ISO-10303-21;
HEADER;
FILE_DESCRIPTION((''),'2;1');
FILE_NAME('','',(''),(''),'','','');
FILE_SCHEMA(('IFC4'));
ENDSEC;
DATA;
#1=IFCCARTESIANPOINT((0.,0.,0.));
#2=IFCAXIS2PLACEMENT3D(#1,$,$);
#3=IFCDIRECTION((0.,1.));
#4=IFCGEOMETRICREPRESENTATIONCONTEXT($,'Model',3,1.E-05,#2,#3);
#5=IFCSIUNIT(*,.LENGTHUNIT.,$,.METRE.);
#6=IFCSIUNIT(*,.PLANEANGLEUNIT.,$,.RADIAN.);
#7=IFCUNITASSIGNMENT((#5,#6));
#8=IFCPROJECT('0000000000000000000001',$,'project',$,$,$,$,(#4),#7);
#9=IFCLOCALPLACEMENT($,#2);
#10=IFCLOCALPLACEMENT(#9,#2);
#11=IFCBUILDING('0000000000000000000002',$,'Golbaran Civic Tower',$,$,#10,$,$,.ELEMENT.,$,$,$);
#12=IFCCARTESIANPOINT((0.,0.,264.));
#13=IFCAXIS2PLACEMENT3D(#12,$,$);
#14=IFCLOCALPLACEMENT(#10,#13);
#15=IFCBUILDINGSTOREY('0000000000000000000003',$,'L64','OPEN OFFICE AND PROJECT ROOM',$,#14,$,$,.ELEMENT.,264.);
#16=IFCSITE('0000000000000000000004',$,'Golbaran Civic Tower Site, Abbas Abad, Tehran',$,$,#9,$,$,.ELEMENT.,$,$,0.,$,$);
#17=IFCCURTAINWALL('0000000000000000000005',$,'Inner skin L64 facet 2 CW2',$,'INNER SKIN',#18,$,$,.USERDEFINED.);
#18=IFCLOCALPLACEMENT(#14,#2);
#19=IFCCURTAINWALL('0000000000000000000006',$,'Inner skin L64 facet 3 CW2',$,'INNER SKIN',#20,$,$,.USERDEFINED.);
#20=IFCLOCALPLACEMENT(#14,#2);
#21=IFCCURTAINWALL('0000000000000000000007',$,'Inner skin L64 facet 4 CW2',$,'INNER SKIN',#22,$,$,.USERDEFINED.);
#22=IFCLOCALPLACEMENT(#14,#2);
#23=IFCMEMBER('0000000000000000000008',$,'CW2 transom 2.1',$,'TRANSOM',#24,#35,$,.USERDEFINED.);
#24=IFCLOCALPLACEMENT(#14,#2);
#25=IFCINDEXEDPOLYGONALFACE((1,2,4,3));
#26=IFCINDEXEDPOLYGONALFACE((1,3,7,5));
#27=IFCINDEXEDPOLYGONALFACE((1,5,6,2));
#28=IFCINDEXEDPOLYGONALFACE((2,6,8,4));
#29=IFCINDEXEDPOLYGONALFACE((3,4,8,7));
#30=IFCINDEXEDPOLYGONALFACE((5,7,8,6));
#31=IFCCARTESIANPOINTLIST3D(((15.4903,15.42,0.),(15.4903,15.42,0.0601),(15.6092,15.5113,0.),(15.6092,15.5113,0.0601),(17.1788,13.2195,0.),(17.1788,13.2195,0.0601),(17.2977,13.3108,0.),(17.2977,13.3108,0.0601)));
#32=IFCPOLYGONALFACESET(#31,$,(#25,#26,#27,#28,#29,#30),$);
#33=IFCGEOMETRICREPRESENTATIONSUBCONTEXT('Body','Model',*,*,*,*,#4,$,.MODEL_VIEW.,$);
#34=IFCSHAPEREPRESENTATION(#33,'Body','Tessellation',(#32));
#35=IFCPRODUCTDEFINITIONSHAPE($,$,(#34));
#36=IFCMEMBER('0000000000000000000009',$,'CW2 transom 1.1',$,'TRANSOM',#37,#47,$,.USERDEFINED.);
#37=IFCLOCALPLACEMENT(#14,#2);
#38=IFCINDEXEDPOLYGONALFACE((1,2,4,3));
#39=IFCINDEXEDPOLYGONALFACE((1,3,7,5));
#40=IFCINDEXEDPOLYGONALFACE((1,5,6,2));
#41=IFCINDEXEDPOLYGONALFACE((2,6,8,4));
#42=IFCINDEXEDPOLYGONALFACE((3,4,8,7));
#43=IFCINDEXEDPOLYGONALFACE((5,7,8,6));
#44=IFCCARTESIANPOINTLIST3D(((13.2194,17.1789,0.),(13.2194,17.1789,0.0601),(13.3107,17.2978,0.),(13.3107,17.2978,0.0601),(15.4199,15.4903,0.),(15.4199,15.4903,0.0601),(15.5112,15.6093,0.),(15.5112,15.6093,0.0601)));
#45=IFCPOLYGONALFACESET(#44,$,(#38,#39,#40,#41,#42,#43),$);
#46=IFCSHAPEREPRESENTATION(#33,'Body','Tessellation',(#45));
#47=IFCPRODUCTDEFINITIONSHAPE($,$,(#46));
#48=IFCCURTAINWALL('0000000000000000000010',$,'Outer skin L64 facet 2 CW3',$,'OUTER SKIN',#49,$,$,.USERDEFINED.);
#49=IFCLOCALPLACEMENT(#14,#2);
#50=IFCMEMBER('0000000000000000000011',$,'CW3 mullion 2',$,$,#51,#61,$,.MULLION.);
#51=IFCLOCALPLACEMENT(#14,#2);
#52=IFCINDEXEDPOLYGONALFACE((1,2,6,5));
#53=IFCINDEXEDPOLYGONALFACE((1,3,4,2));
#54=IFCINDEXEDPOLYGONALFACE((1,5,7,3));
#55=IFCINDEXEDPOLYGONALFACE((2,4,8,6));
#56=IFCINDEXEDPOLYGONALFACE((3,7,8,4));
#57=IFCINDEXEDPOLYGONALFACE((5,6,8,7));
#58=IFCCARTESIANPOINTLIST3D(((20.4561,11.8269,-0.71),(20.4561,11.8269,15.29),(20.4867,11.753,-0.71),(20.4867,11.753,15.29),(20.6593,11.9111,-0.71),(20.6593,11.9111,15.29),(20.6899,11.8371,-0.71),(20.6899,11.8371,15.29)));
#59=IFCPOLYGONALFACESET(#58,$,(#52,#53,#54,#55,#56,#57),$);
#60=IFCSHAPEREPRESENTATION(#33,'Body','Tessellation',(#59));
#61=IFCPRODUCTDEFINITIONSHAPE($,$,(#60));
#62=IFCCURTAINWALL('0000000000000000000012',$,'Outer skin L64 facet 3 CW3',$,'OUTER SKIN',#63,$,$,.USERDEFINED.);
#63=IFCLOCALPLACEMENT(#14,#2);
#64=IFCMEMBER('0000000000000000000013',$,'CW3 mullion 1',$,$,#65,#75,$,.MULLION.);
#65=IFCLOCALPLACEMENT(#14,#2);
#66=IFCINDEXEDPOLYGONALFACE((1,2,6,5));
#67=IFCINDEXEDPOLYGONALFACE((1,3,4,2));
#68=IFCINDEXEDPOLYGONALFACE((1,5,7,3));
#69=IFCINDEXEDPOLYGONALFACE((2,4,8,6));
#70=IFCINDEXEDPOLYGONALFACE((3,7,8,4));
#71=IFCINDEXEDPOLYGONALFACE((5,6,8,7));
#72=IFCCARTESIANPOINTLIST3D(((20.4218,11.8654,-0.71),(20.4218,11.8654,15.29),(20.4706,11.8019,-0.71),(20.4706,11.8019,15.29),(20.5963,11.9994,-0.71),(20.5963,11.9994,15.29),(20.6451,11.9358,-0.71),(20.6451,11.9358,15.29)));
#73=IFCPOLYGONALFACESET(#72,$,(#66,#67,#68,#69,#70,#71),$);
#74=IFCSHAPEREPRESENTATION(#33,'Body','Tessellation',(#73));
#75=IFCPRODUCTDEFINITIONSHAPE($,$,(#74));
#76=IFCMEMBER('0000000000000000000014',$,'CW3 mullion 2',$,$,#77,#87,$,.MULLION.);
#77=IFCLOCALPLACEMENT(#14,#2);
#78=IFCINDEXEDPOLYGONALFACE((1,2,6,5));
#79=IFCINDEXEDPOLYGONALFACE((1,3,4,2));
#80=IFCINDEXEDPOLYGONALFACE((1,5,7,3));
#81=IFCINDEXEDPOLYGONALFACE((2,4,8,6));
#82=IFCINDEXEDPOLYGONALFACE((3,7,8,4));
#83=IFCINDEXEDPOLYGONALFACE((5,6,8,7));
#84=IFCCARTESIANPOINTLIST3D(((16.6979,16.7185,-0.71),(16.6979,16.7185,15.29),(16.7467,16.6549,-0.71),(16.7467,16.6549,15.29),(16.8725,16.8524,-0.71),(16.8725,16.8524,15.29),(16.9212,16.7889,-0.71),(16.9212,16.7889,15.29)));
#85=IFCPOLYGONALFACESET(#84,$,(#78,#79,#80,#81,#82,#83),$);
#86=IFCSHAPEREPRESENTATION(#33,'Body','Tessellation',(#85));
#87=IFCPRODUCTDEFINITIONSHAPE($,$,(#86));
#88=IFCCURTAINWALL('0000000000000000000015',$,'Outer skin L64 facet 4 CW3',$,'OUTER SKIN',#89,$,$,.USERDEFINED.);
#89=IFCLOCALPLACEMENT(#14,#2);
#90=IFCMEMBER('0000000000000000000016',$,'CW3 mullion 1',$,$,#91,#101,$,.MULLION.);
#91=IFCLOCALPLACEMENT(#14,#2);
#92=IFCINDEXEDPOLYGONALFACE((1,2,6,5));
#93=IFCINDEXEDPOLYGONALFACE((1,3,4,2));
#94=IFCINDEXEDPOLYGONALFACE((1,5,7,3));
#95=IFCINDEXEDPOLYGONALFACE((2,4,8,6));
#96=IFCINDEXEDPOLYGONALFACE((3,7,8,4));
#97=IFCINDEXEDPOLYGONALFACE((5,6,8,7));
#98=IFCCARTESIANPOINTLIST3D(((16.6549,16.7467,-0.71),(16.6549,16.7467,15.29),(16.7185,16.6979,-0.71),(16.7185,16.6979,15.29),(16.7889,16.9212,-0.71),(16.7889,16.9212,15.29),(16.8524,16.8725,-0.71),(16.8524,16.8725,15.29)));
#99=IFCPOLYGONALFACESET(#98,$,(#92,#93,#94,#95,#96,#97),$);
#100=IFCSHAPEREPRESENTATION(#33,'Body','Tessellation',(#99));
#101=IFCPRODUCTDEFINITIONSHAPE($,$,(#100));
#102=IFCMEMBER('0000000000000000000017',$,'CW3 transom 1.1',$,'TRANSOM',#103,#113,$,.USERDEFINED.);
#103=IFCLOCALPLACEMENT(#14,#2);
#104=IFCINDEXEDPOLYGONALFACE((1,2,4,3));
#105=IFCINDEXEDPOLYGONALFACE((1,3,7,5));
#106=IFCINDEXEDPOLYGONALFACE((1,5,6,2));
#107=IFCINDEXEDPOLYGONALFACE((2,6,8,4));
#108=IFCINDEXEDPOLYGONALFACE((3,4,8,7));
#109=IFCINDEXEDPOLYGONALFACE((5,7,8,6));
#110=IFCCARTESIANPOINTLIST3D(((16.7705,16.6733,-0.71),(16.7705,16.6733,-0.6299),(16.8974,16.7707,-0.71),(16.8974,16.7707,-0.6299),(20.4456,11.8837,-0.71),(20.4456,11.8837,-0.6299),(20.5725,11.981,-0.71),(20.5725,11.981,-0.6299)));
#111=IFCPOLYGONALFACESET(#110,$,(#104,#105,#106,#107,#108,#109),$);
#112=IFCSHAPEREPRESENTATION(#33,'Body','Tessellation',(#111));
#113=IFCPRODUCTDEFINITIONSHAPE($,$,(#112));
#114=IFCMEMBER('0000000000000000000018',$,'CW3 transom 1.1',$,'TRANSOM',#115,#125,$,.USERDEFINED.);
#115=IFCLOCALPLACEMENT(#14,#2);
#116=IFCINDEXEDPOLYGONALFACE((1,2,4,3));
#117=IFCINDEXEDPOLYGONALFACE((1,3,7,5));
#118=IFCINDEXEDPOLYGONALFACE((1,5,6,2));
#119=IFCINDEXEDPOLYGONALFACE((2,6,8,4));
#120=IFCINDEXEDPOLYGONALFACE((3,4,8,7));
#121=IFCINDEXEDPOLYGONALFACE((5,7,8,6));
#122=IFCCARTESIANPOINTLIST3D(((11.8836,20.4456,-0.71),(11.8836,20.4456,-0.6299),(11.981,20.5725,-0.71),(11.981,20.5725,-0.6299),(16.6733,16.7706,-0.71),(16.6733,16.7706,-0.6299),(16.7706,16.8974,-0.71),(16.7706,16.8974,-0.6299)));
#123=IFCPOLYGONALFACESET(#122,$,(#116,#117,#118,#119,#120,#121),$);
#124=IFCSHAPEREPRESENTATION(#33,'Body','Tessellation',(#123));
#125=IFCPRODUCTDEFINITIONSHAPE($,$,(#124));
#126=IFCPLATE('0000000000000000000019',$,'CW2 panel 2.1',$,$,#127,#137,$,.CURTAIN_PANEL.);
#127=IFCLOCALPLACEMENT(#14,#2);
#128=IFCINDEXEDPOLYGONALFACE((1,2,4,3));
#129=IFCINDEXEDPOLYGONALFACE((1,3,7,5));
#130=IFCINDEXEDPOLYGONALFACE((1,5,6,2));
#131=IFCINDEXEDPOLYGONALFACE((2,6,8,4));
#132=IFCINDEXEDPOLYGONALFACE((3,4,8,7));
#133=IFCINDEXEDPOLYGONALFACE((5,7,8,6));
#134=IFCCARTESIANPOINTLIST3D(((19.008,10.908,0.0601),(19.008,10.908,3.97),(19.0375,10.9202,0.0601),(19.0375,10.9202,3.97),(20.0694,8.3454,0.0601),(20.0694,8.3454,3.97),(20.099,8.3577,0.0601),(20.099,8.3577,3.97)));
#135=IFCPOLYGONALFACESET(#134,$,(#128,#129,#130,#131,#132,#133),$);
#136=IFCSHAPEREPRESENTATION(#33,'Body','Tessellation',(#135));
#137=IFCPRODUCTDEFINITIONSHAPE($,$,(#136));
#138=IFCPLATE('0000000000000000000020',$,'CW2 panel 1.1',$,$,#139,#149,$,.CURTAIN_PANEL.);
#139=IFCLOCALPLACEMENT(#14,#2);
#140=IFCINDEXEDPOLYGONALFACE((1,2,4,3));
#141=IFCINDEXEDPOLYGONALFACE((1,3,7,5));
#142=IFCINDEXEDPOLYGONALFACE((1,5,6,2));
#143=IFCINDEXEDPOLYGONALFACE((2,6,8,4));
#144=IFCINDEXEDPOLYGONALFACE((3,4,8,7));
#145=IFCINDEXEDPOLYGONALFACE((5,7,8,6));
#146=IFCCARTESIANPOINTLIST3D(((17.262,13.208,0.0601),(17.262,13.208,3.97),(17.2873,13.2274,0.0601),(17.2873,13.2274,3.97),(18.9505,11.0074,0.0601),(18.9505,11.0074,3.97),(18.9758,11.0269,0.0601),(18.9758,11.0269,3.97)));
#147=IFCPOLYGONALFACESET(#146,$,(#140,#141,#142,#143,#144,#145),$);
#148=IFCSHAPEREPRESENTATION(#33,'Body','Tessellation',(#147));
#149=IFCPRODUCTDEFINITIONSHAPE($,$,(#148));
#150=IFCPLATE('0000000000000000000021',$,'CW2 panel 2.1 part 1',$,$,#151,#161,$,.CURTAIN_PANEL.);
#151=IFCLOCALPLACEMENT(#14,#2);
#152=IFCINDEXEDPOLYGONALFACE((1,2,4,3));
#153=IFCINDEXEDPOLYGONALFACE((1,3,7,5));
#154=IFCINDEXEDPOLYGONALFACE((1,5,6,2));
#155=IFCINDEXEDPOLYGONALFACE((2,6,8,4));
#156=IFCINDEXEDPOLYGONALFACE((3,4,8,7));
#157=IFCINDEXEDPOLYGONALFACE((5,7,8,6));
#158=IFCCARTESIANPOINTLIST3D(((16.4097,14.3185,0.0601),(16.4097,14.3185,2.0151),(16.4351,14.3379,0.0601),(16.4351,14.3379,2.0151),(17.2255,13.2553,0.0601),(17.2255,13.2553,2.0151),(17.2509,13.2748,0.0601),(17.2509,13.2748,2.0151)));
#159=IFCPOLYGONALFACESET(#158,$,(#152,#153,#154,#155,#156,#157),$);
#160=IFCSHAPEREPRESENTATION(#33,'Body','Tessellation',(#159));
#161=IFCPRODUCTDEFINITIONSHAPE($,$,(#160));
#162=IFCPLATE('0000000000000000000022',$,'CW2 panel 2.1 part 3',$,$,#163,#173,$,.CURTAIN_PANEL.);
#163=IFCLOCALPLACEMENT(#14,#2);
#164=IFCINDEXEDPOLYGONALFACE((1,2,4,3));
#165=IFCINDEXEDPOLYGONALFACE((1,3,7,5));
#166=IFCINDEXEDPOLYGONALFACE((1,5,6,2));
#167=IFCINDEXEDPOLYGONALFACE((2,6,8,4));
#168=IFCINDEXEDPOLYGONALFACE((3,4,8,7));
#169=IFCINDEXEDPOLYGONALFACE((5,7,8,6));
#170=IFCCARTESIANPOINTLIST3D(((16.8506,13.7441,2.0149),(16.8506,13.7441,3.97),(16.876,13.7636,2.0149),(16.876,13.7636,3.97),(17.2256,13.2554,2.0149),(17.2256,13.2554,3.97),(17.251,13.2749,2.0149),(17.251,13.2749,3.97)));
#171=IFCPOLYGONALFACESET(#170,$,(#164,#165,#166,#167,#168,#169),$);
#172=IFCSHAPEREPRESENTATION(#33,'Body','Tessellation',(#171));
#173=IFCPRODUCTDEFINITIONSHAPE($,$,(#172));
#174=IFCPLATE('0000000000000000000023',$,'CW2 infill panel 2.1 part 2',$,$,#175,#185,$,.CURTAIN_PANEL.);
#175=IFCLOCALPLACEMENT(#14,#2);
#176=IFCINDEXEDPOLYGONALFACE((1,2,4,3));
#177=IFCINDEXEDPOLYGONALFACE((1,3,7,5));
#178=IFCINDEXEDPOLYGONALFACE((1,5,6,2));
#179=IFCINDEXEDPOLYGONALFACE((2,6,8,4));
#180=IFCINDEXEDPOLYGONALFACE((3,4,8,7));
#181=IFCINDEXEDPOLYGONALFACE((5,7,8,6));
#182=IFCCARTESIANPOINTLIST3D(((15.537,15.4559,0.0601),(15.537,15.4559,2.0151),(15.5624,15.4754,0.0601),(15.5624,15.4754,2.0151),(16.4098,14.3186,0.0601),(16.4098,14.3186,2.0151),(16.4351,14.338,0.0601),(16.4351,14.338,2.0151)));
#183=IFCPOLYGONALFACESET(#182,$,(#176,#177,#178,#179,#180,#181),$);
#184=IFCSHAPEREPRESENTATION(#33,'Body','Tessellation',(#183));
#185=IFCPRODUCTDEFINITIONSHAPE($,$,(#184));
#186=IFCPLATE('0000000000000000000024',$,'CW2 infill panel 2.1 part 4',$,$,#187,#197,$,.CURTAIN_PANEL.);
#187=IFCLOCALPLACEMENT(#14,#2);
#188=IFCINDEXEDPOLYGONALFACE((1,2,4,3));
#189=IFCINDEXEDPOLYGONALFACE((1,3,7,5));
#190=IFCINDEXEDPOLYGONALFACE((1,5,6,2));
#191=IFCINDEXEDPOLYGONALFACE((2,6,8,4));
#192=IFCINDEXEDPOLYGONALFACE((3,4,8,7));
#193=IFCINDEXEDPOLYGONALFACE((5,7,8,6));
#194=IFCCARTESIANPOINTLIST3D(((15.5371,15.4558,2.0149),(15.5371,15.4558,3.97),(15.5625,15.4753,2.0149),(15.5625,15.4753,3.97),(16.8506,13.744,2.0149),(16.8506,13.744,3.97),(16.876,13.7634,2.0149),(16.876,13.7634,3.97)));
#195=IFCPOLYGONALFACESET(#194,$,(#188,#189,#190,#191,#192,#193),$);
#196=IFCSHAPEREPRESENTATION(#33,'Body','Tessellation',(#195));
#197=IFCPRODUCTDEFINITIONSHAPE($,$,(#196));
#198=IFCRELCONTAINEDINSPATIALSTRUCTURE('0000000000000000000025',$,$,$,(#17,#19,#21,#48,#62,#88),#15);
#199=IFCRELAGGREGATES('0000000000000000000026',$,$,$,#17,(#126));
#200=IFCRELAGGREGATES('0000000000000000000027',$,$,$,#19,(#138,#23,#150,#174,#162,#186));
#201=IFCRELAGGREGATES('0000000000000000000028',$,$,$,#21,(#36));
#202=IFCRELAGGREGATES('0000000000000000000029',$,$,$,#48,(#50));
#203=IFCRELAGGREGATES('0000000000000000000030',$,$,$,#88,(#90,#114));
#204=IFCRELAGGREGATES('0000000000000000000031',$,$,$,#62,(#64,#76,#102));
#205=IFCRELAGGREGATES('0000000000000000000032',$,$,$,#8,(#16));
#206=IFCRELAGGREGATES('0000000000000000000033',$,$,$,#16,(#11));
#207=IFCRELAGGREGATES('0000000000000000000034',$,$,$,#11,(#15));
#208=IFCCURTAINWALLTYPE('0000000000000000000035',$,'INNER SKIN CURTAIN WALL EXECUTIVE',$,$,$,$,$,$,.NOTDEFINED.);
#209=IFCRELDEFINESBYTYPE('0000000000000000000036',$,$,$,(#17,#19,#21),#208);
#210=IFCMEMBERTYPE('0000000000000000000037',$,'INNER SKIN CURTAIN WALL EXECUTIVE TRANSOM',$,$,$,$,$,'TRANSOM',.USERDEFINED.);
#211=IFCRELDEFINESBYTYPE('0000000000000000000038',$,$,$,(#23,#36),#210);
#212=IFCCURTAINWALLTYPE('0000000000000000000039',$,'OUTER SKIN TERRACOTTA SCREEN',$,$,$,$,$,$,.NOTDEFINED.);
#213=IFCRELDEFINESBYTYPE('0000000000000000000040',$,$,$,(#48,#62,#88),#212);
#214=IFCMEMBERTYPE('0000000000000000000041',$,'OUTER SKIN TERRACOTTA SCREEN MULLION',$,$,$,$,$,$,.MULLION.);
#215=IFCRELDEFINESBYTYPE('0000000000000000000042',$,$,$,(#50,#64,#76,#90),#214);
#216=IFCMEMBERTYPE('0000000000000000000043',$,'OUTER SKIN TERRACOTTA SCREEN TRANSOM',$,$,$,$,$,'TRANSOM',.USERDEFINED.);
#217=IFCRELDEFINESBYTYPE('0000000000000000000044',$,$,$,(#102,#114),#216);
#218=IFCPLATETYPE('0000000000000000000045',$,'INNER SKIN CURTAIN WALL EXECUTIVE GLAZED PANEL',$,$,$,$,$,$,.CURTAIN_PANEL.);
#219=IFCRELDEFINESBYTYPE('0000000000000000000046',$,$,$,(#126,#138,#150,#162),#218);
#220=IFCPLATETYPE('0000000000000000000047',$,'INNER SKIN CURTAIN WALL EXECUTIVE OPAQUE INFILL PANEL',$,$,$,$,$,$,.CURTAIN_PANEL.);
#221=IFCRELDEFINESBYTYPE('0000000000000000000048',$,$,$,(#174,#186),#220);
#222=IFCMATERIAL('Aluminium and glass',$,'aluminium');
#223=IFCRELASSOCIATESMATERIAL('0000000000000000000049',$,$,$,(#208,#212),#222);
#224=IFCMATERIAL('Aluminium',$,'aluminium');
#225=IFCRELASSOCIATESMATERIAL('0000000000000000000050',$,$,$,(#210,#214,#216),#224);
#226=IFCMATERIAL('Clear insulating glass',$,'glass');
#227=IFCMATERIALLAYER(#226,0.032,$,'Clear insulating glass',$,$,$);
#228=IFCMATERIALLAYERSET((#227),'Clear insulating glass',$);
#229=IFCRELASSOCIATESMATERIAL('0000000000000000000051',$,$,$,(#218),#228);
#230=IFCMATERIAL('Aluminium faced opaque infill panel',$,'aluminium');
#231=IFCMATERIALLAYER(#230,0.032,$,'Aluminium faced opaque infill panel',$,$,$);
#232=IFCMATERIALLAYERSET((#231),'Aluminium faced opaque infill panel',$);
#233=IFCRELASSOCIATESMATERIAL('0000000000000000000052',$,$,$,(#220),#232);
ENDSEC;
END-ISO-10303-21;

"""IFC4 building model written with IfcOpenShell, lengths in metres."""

from ifc_helpers import new_model, si_unit, direction, frame, origin, origin_2d, place, context, subcontext, project, spatial, rectangle, extrude, material, layer, layer_set, material_profile, profile_set, type_object, element, aggregate, save


model = new_model("IFC4")

# Units and contexts
model_context = context("Model", 3, precision=1e-05, world=origin(), true_north=direction((0.0, 1.0)))
body_context = subcontext(model_context, "Body", "Model", "MODEL_VIEW")
ifc_project = project(units=[si_unit("LENGTHUNIT", "METRE"), si_unit("PLANEANGLEUNIT", "RADIAN")], contexts=[model_context])

# Site, building, storey
site_placement = place(None, origin())
site = spatial("IfcSite", under=ifc_project, at=site_placement, Name="Golbaran Civic Tower Site, Abbas Abad, Tehran", CompositionType="ELEMENT", RefElevation=0.0)
building_placement = place(site_placement, origin())
building = spatial("IfcBuilding", under=site, at=building_placement, Name="Golbaran Civic Tower", CompositionType="ELEMENT")
storey_placement = place(building_placement, frame((0.0, 0.0, 264.0)))
storey = spatial("IfcBuildingStorey", under=building, at=storey_placement, Name="L64", Description="OPEN OFFICE AND PROJECT ROOM", CompositionType="ELEMENT", Elevation=264.0)

# Curtain wall
ifc_material_1 = material(Name="Aluminium and glass", Category="aluminium")
curtain_wall_type_1 = type_object("IfcCurtainWallType", Name="INNER SKIN CURTAIN WALL EXECUTIVE", PredefinedType="NOTDEFINED", material=ifc_material_1)
curtain_wall_1_placement = place(storey_placement, origin())
curtain_wall_1 = element("IfcCurtainWall", 1, at=curtain_wall_1_placement, inside=storey, type_object=curtain_wall_type_1, Name="Inner skin L64 facet 2 CW2", ObjectType="INNER SKIN", PredefinedType="USERDEFINED")
ifc_material_2 = material(Name="Aluminium", Category="aluminium")

# Curtain wall
curtain_wall_2_placement = place(storey_placement, origin())
curtain_wall_2 = element("IfcCurtainWall", 2, at=curtain_wall_2_placement, inside=storey, type_object=curtain_wall_type_1, Name="Inner skin L64 facet 3 CW2", ObjectType="INNER SKIN", PredefinedType="USERDEFINED")

# Curtain wall
curtain_wall_3_placement = place(storey_placement, origin())
curtain_wall_3 = element("IfcCurtainWall", 3, at=curtain_wall_3_placement, inside=storey, type_object=curtain_wall_type_1, Name="Inner skin L64 facet 4 CW2", ObjectType="INNER SKIN", PredefinedType="USERDEFINED")

# Members
ifc_material_profile_1 = material_profile(ifc_material_2, rectangle(XDim=0.1499, YDim=0.0601, at=origin_2d()), Name="INNER SKIN CURTAIN WALL EXECUTIVE TRANSOM")
ifc_profile_set_1 = profile_set([ifc_material_profile_1], Name="Aluminium")
member_type_1 = type_object("IfcMemberType", Name="INNER SKIN CURTAIN WALL EXECUTIVE TRANSOM", ElementType="TRANSOM", PredefinedType="USERDEFINED", material=ifc_profile_set_1)
member_1_placement = place(storey_placement, frame((17.2383, 13.2651, 0.03), z_axis=(-0.608766, 0.79335, 0.0), x_axis=(-0.79335, -0.608766, 0.0)))
member_1 = element("IfcMember", 4, at=member_1_placement, type_object=member_type_1, Name="CW2 transom 2.1", ObjectType="TRANSOM", PredefinedType="USERDEFINED", context=body_context, shape_type="SweptSolid", body=[
    extrude(rectangle(XDim=0.1499, YDim=0.0601, at=origin_2d()), origin(), (0.0, 0.0, 1.0), 2.7737),
])
member_2_placement = place(storey_placement, frame((15.4656, 15.5498, 0.03), z_axis=(-0.79335, 0.608766, 0.0), x_axis=(-0.608766, -0.79335, 0.0)))
member_2 = element("IfcMember", 5, at=member_2_placement, type_object=member_type_1, Name="CW2 transom 1.1", ObjectType="TRANSOM", PredefinedType="USERDEFINED", context=body_context, shape_type="SweptSolid", body=[
    extrude(rectangle(XDim=0.1499, YDim=0.0601, at=origin_2d()), origin(), (0.0, 0.0, 1.0), 2.7737),
])

# Curtain wall, member
curtain_wall_type_2 = type_object("IfcCurtainWallType", Name="OUTER SKIN TERRACOTTA SCREEN", PredefinedType="NOTDEFINED", material=ifc_material_1)
curtain_wall_4_placement = place(storey_placement, origin())
curtain_wall_4 = element("IfcCurtainWall", 6, at=curtain_wall_4_placement, inside=storey, type_object=curtain_wall_type_2, Name="Outer skin L64 facet 2 CW3", ObjectType="OUTER SKIN", PredefinedType="USERDEFINED")
ifc_material_profile_2 = material_profile(ifc_material_2, rectangle(XDim=0.22, YDim=0.0801, at=origin_2d()), Name="OUTER SKIN TERRACOTTA SCREEN MULLION")
ifc_profile_set_2 = profile_set([ifc_material_profile_2], Name="Aluminium")
member_type_2 = type_object("IfcMemberType", Name="OUTER SKIN TERRACOTTA SCREEN MULLION", PredefinedType="MULLION", material=ifc_profile_set_2)
member_3_placement = place(storey_placement, frame((20.573, 11.832, -0.71), z_axis=(0.0, 0.0, 1.0), x_axis=(-0.92388, -0.382683, 0.0)))
member_3 = element("IfcMember", 7, at=member_3_placement, type_object=member_type_2, Name="CW3 mullion 2", PredefinedType="MULLION", context=body_context, shape_type="SweptSolid", body=[
    extrude(rectangle(XDim=0.22, YDim=0.0801, at=origin_2d()), origin(), (0.0, 0.0, 1.0), 16.0),
])

# Curtain wall, members
curtain_wall_5_placement = place(storey_placement, origin())
curtain_wall_5 = element("IfcCurtainWall", 8, at=curtain_wall_5_placement, inside=storey, type_object=curtain_wall_type_2, Name="Outer skin L64 facet 3 CW3", ObjectType="OUTER SKIN", PredefinedType="USERDEFINED")
member_4_placement = place(storey_placement, frame((20.5334, 11.9006, -0.71), z_axis=(0.0, 0.0, 1.0), x_axis=(-0.793353, -0.608761, 0.0)))
member_4 = element("IfcMember", 9, at=member_4_placement, type_object=member_type_2, Name="CW3 mullion 1", PredefinedType="MULLION", context=body_context, shape_type="SweptSolid", body=[
    extrude(rectangle(XDim=0.22, YDim=0.0801, at=origin_2d()), origin(), (0.0, 0.0, 1.0), 16.0),
])
member_5_placement = place(storey_placement, frame((16.8096, 16.7537, -0.71), z_axis=(0.0, 0.0, 1.0), x_axis=(-0.793353, -0.608761, 0.0)))
member_5 = element("IfcMember", 10, at=member_5_placement, type_object=member_type_2, Name="CW3 mullion 2", PredefinedType="MULLION", context=body_context, shape_type="SweptSolid", body=[
    extrude(rectangle(XDim=0.22, YDim=0.0801, at=origin_2d()), origin(), (0.0, 0.0, 1.0), 16.0),
])

# Curtain wall, member
curtain_wall_6_placement = place(storey_placement, origin())
curtain_wall_6 = element("IfcCurtainWall", 11, at=curtain_wall_6_placement, inside=storey, type_object=curtain_wall_type_2, Name="Outer skin L64 facet 4 CW3", ObjectType="OUTER SKIN", PredefinedType="USERDEFINED")
member_6_placement = place(storey_placement, frame((16.7537, 16.8096, -0.71), z_axis=(0.0, 0.0, 1.0), x_axis=(-0.608761, -0.793353, 0.0)))
member_6 = element("IfcMember", 12, at=member_6_placement, type_object=member_type_2, Name="CW3 mullion 1", PredefinedType="MULLION", context=body_context, shape_type="SweptSolid", body=[
    extrude(rectangle(XDim=0.22, YDim=0.0801, at=origin_2d()), origin(), (0.0, 0.0, 1.0), 16.0),
])

# Members
ifc_material_profile_3 = material_profile(ifc_material_2, rectangle(XDim=0.1599, YDim=0.0801, at=origin_2d()), Name="OUTER SKIN TERRACOTTA SCREEN TRANSOM")
ifc_profile_set_3 = profile_set([ifc_material_profile_3], Name="Aluminium")
member_type_3 = type_object("IfcMemberType", Name="OUTER SKIN TERRACOTTA SCREEN TRANSOM", ElementType="TRANSOM", PredefinedType="USERDEFINED", material=ifc_profile_set_3)
member_7_placement = place(storey_placement, frame((20.509, 11.9324, -0.6699), z_axis=(-0.608751, 0.793362, 0.0), x_axis=(-0.793362, -0.608751, 0.0)))
member_7 = element("IfcMember", 13, at=member_7_placement, type_object=member_type_3, Name="CW3 transom 1.1", ObjectType="TRANSOM", PredefinedType="USERDEFINED", context=body_context, shape_type="SweptSolid", body=[
    extrude(rectangle(XDim=0.1599, YDim=0.0801, at=origin_2d()), origin(), (0.0, 0.0, 1.0), 6.0371),
])
member_8_placement = place(storey_placement, frame((16.7219, 16.834, -0.6699), z_axis=(-0.793362, 0.608751, 0.0), x_axis=(-0.608751, -0.793362, 0.0)))
member_8 = element("IfcMember", 14, at=member_8_placement, type_object=member_type_3, Name="CW3 transom 1.1", ObjectType="TRANSOM", PredefinedType="USERDEFINED", context=body_context, shape_type="SweptSolid", body=[
    extrude(rectangle(XDim=0.1599, YDim=0.0801, at=origin_2d()), origin(), (0.0, 0.0, 1.0), 6.0371),
])

# Plates
ifc_material_3 = material(Name="Clear insulating glass", Category="glass")
ifc_layer_1 = layer(ifc_material_3, 0.032, Name="Clear insulating glass")
ifc_layer_set_1 = layer_set([ifc_layer_1], Name="Clear insulating glass")
plate_type_1 = type_object("IfcPlateType", Name="INNER SKIN CURTAIN WALL EXECUTIVE GLAZED PANEL", PredefinedType="CURTAIN_PANEL", material=ifc_layer_set_1)
plate_1_placement = place(storey_placement, frame((19.5535, 9.6328, 0.0601), z_axis=(0.0, 0.0, 1.0), x_axis=(-0.382683, 0.92388, 0.0)))
plate_1 = element("IfcPlate", 15, at=plate_1_placement, type_object=plate_type_1, Name="CW2 panel 2.1", PredefinedType="CURTAIN_PANEL", context=body_context, shape_type="SweptSolid", body=[
    extrude(rectangle(XDim=2.7737, YDim=0.032, at=origin_2d()), origin(), (0.0, 0.0, 1.0), 3.9099),
])
aggregate(curtain_wall_1, [plate_1])
plate_2_placement = place(storey_placement, frame((18.1189, 12.1174, 0.0601), z_axis=(0.0, 0.0, 1.0), x_axis=(-0.608761, 0.793353, 0.0)))
plate_2 = element("IfcPlate", 16, at=plate_2_placement, type_object=plate_type_1, Name="CW2 panel 1.1", PredefinedType="CURTAIN_PANEL", context=body_context, shape_type="SweptSolid", body=[
    extrude(rectangle(XDim=2.7737, YDim=0.032, at=origin_2d()), origin(), (0.0, 0.0, 1.0), 3.9099),
])
plate_3_placement = place(storey_placement, frame((16.8303, 13.7966, 0.0601), z_axis=(0.0, 0.0, 1.0), x_axis=(-0.608761, 0.793353, 0.0)))
plate_3 = element("IfcPlate", 17, at=plate_3_placement, type_object=plate_type_1, Name="CW2 panel 2.1 part 1", PredefinedType="CURTAIN_PANEL", context=body_context, shape_type="SweptSolid", body=[
    extrude(rectangle(XDim=1.3401, YDim=0.032, at=origin_2d()), origin(), (0.0, 0.0, 1.0), 1.9551),
])
plate_4_placement = place(storey_placement, frame((17.0508, 13.5095, 2.0149), z_axis=(0.0, 0.0, 1.0), x_axis=(-0.608761, 0.793353, 0.0)))
plate_4 = element("IfcPlate", 18, at=plate_4_placement, type_object=plate_type_1, Name="CW2 panel 2.1 part 3", PredefinedType="CURTAIN_PANEL", context=body_context, shape_type="SweptSolid", body=[
    extrude(rectangle(XDim=0.616, YDim=0.032, at=origin_2d()), origin(), (0.0, 0.0, 1.0), 1.9551),
])
ifc_material_4 = material(Name="Aluminium faced opaque infill panel", Category="aluminium")
ifc_layer_2 = layer(ifc_material_4, 0.032, Name="Aluminium faced opaque infill panel")
ifc_layer_set_2 = layer_set([ifc_layer_2], Name="Aluminium faced opaque infill panel")
plate_type_2 = type_object("IfcPlateType", Name="INNER SKIN CURTAIN WALL EXECUTIVE OPAQUE INFILL PANEL", PredefinedType="CURTAIN_PANEL", material=ifc_layer_set_2)
plate_5_placement = place(storey_placement, frame((15.9861, 14.897, 0.0601), z_axis=(0.0, 0.0, 1.0), x_axis=(-0.608761, 0.793353, 0.0)))
plate_5 = element("IfcPlate", 19, at=plate_5_placement, type_object=plate_type_2, Name="CW2 infill panel 2.1 part 2", PredefinedType="CURTAIN_PANEL", context=body_context, shape_type="SweptSolid", body=[
    extrude(rectangle(XDim=1.4336, YDim=0.032, at=origin_2d()), origin(), (0.0, 0.0, 1.0), 1.9551),
])
plate_6_placement = place(storey_placement, frame((16.2065, 14.6096, 2.0149), z_axis=(0.0, 0.0, 1.0), x_axis=(-0.608761, 0.793353, 0.0)))
plate_6 = element("IfcPlate", 20, at=plate_6_placement, type_object=plate_type_2, Name="CW2 infill panel 2.1 part 4", PredefinedType="CURTAIN_PANEL", context=body_context, shape_type="SweptSolid", body=[
    extrude(rectangle(XDim=2.1577, YDim=0.032, at=origin_2d()), origin(), (0.0, 0.0, 1.0), 1.9551),
])
aggregate(curtain_wall_2, [plate_2, member_1, plate_3, plate_5, plate_4, plate_6])
aggregate(curtain_wall_3, [member_2])
aggregate(curtain_wall_4, [member_3])
aggregate(curtain_wall_6, [member_6, member_8])
aggregate(curtain_wall_5, [member_4, member_5, member_7])

save(model, "model.ifc")
